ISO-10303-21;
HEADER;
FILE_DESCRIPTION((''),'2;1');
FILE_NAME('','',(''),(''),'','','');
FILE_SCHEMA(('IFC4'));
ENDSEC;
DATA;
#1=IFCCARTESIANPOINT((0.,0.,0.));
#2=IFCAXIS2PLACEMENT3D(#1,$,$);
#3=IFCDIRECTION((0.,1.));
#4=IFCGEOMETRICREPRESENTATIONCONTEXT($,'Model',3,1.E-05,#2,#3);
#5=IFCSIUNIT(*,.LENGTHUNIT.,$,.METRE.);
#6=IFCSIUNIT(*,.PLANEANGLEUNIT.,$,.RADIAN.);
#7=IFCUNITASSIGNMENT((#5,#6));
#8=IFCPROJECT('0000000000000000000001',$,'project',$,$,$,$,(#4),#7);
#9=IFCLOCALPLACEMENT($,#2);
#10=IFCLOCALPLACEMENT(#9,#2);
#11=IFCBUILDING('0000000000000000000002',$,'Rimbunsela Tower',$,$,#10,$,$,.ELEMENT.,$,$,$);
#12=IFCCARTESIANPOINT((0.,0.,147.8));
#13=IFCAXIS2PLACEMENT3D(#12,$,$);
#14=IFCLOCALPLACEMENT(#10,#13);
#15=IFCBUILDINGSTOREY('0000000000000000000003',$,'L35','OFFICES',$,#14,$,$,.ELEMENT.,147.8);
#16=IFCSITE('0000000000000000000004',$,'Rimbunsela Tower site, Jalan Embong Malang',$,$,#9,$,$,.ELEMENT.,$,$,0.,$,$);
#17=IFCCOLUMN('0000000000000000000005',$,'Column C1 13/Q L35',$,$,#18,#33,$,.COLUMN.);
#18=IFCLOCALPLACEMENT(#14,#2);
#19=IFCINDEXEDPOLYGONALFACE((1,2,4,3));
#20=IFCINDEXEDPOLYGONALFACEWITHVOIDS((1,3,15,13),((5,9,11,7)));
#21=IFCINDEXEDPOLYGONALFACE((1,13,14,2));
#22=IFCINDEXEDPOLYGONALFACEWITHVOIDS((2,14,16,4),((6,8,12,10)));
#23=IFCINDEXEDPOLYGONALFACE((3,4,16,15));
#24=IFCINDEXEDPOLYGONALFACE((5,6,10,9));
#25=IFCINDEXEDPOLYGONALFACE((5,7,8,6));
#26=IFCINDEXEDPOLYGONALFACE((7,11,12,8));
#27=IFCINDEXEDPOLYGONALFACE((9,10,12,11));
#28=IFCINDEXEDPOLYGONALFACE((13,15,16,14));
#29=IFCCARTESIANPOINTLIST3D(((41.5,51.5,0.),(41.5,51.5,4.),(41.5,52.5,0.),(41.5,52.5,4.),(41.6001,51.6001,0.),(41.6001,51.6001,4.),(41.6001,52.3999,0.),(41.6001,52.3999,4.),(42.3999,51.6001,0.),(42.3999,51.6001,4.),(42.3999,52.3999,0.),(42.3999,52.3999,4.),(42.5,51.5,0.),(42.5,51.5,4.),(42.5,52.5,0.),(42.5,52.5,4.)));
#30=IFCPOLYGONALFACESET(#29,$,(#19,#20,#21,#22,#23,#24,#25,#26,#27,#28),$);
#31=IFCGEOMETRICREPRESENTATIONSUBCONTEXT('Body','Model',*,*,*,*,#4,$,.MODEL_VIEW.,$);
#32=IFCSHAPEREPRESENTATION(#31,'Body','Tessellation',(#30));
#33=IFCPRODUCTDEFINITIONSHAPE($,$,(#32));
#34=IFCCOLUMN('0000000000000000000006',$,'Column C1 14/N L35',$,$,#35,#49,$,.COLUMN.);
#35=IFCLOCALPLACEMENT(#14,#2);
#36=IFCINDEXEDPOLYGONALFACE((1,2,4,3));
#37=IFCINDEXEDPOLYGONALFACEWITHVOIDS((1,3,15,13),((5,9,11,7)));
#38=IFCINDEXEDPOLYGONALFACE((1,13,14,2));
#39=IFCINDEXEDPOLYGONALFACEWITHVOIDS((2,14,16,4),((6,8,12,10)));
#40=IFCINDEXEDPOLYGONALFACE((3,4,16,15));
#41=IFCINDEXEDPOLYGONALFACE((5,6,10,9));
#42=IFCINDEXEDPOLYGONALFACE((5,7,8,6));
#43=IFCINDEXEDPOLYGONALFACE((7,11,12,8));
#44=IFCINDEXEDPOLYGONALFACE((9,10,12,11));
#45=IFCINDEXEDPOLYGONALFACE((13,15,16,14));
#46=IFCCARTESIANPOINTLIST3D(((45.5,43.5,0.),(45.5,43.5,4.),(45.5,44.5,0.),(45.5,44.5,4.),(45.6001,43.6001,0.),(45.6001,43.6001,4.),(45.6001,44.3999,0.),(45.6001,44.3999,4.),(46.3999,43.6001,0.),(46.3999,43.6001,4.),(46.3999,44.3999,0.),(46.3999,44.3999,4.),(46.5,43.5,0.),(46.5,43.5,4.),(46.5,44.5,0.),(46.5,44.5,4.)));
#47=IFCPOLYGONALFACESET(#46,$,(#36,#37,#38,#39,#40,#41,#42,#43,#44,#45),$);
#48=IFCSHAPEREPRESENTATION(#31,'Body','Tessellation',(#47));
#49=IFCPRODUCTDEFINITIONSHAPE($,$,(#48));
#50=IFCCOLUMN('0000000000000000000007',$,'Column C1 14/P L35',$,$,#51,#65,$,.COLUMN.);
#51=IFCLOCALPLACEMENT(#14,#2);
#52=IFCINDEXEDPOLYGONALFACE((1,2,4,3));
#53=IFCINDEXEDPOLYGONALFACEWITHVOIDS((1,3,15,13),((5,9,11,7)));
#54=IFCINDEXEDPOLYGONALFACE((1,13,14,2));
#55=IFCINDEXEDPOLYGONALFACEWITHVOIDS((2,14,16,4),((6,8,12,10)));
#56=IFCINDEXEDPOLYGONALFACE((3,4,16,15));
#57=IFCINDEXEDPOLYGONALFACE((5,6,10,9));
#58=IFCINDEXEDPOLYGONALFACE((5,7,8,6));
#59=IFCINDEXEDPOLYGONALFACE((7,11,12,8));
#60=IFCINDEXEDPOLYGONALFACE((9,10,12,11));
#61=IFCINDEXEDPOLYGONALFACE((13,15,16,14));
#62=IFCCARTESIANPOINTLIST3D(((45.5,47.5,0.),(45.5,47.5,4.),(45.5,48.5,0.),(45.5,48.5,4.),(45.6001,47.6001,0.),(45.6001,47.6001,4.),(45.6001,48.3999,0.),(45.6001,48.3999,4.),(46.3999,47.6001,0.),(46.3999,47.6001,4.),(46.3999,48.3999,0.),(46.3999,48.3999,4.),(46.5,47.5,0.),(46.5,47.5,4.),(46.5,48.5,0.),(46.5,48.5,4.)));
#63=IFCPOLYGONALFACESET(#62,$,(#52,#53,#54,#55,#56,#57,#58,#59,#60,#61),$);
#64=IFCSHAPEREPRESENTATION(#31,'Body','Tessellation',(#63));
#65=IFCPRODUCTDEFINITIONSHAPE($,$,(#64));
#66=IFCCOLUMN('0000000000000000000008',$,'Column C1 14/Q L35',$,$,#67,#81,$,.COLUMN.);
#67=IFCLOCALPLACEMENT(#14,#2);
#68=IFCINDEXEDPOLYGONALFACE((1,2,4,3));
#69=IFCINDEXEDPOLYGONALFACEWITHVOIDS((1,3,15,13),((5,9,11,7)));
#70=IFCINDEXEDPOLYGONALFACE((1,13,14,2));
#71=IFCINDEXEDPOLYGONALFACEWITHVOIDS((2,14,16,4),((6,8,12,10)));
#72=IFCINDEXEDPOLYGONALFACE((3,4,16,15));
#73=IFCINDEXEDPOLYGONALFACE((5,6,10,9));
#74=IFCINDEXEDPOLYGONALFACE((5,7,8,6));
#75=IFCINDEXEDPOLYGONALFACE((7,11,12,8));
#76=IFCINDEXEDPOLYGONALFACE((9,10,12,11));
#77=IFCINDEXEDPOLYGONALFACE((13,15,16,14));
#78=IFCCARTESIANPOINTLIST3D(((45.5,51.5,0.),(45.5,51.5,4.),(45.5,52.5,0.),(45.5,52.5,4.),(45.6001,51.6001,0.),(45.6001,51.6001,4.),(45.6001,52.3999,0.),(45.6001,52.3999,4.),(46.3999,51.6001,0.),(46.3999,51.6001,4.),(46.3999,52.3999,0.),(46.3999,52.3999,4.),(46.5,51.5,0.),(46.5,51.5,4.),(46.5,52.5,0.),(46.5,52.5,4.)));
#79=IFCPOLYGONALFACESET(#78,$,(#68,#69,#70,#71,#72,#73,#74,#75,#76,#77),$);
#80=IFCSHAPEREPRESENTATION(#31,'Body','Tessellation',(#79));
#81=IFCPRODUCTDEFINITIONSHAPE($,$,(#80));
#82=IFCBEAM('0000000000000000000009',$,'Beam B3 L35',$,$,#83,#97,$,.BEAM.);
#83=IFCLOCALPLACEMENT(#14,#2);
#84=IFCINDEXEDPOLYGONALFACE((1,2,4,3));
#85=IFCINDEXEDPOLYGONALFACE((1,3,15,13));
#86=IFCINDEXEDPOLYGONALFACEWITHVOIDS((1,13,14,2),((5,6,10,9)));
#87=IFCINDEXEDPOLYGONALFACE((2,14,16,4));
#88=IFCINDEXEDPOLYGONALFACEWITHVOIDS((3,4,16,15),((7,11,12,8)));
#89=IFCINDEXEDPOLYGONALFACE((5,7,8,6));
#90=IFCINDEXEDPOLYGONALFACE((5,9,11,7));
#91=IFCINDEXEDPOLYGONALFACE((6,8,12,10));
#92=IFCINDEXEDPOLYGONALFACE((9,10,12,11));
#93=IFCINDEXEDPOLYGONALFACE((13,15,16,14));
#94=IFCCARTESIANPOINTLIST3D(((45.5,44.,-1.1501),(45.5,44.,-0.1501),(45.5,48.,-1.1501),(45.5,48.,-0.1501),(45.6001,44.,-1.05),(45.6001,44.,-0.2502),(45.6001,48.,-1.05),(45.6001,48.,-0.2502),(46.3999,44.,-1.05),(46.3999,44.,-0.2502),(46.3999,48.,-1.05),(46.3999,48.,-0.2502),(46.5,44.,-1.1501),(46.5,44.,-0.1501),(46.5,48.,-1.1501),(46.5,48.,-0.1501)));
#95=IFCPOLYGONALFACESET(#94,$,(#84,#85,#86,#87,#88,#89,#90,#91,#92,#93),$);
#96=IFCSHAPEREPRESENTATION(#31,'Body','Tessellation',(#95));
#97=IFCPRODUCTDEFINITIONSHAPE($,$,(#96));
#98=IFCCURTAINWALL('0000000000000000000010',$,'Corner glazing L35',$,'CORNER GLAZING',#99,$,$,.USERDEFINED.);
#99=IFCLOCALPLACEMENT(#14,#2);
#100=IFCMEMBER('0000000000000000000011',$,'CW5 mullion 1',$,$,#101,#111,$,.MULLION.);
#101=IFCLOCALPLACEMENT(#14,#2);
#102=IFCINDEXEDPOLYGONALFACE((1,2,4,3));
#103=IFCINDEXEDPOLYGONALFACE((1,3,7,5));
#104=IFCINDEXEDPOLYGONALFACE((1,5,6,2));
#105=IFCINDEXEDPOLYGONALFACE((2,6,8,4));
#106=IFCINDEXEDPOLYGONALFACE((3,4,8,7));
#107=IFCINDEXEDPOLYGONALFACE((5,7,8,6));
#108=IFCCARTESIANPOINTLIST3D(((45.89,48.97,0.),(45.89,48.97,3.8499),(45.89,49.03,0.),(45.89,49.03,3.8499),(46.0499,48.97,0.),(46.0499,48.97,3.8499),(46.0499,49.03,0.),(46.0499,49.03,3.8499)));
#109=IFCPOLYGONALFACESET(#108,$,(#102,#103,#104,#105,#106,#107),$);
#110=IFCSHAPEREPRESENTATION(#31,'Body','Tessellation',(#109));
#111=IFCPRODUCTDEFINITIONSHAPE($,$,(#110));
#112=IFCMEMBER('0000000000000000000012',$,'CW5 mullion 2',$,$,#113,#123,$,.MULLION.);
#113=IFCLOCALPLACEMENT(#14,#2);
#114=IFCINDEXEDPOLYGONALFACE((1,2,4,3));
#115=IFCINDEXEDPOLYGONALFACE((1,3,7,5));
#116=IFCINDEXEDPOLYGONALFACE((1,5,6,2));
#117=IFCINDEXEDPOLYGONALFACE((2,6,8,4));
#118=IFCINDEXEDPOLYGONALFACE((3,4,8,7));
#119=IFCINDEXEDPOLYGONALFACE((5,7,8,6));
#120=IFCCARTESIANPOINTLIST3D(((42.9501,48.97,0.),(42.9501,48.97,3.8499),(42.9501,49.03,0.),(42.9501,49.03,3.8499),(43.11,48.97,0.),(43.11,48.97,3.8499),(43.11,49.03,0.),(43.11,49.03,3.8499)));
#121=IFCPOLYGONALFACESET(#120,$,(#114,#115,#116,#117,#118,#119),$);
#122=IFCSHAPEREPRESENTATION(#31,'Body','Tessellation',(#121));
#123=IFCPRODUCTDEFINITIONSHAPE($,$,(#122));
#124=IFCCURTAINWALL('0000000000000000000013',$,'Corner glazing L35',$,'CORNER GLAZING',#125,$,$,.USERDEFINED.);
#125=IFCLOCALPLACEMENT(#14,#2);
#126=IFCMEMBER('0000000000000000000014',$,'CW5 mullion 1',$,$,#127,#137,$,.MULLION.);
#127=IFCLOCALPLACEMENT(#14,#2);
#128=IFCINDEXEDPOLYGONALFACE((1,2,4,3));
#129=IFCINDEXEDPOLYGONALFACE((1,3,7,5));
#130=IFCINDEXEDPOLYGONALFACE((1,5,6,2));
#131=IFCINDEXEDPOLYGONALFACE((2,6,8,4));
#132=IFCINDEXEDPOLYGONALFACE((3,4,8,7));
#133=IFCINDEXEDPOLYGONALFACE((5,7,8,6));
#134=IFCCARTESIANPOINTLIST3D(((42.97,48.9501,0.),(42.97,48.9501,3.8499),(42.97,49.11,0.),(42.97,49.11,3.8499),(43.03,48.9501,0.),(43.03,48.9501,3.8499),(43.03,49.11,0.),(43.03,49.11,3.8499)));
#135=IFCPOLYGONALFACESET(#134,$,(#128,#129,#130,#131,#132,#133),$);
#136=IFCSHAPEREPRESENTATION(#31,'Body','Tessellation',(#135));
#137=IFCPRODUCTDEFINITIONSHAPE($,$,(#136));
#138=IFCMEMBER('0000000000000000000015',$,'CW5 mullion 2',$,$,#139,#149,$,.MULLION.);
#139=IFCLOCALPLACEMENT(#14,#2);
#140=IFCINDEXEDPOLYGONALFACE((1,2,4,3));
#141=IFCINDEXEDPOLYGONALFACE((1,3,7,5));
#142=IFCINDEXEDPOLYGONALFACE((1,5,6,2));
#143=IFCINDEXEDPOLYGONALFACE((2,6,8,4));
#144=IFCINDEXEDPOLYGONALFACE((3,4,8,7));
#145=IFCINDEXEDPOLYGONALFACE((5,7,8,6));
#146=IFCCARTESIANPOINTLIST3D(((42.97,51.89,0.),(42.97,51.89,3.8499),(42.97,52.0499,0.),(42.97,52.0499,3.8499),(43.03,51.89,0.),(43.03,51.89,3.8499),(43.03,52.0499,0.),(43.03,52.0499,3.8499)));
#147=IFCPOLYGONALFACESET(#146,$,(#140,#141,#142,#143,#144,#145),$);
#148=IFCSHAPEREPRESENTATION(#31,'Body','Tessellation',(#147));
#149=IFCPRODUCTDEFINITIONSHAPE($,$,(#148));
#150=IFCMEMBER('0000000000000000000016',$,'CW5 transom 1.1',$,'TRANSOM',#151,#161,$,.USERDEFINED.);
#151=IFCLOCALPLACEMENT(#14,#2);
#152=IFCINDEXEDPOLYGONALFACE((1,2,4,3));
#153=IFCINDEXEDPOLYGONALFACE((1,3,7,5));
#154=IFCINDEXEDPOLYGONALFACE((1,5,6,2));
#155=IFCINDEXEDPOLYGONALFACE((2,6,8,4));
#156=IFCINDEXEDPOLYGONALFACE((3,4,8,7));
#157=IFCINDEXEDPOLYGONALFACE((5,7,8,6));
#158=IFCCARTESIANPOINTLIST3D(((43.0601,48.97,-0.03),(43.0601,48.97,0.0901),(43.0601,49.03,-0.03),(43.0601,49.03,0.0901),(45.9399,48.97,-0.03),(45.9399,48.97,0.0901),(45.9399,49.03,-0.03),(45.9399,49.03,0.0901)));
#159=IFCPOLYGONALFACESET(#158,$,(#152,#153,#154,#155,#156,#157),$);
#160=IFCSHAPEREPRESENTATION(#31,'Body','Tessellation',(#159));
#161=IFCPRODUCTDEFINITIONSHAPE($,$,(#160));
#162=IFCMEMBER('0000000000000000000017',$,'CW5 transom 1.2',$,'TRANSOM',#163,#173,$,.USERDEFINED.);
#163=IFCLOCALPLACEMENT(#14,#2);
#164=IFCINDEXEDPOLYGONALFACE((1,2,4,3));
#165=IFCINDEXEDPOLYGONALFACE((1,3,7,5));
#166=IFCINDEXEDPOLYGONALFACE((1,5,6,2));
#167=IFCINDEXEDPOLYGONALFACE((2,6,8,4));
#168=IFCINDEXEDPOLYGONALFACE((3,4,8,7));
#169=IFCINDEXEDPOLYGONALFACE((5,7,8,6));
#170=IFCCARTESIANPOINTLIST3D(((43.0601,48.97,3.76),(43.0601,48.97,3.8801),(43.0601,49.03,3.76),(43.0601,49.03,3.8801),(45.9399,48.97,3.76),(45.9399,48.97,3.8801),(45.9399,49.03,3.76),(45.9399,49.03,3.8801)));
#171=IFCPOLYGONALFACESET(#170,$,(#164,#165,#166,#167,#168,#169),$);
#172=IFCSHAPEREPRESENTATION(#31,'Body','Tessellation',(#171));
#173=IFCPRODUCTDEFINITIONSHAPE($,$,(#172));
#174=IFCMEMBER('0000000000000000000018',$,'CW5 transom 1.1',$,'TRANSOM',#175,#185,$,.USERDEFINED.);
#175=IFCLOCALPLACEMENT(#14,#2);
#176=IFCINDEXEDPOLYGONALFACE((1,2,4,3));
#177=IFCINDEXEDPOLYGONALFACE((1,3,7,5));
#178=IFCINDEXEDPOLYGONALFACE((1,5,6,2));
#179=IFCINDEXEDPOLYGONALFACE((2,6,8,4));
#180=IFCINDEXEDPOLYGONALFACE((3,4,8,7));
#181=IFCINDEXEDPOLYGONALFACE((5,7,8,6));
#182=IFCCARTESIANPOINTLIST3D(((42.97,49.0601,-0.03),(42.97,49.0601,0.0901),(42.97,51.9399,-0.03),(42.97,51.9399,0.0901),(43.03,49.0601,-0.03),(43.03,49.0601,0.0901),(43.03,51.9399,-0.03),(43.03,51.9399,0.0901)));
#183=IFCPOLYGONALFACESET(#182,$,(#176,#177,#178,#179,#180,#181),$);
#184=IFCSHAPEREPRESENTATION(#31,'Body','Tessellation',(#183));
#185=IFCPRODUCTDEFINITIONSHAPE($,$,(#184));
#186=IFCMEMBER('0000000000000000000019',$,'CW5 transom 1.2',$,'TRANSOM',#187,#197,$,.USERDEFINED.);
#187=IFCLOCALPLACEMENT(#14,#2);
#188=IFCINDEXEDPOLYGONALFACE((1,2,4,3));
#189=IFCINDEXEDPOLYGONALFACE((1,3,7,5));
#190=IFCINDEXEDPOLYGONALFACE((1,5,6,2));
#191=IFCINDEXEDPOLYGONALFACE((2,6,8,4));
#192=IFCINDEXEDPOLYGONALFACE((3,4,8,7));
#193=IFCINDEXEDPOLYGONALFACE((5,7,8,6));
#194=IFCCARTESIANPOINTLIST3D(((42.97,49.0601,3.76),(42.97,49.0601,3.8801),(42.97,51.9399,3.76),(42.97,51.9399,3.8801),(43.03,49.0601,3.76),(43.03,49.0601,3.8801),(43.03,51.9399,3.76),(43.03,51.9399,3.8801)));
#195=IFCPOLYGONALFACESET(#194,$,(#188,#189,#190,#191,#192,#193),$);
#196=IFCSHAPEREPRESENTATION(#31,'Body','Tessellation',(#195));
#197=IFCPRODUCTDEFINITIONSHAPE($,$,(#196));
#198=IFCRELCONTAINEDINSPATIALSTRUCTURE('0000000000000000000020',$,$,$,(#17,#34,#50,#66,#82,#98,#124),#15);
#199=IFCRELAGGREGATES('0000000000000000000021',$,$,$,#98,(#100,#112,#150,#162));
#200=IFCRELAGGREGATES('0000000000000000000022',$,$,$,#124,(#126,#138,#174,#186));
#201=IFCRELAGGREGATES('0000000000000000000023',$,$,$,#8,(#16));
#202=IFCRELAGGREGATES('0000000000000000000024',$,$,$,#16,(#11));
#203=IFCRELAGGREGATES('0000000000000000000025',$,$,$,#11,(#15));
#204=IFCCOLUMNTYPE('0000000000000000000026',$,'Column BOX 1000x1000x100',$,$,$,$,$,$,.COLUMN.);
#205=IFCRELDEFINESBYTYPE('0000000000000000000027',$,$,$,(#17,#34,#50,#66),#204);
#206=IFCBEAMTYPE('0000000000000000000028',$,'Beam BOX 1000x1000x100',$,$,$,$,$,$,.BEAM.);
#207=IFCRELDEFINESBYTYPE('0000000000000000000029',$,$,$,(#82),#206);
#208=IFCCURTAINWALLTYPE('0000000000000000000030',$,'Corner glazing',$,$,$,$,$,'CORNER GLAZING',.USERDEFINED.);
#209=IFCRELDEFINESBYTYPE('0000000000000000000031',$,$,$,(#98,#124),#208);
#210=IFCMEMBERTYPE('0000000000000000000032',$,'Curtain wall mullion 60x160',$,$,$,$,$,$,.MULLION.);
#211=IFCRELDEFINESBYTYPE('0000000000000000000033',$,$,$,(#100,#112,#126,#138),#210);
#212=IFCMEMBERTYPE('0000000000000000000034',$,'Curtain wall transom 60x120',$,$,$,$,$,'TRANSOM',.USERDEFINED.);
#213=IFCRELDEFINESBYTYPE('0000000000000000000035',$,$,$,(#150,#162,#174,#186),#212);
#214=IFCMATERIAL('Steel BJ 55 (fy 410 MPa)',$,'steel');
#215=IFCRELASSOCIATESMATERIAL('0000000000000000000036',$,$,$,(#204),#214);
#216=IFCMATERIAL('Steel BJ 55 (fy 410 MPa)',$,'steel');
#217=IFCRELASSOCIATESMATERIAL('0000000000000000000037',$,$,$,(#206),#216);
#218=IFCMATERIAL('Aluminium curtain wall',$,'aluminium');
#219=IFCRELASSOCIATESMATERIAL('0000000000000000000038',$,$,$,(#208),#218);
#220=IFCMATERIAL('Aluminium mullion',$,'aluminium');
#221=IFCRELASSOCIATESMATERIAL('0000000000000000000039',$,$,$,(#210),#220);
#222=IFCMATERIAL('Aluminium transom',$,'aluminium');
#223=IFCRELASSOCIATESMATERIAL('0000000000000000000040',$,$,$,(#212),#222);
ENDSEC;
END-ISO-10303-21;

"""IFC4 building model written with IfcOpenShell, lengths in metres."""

from ifc_helpers import new_model, si_unit, direction, frame, origin, origin_2d, place, context, subcontext, project, spatial, rectangle, hollow_rectangle, extrude, material, material_profile, profile_set, type_object, element, aggregate, save


model = new_model("IFC4")

# Units and contexts
model_context = context("Model", 3, precision=1e-05, world=origin(), true_north=direction((0.0, 1.0)))
body_context = subcontext(model_context, "Body", "Model", "MODEL_VIEW")
ifc_project = project(units=[si_unit("LENGTHUNIT", "METRE"), si_unit("PLANEANGLEUNIT", "RADIAN")], contexts=[model_context])

# Site, building, storey
site_placement = place(None, origin())
site = spatial("IfcSite", under=ifc_project, at=site_placement, Name="Rimbunsela Tower site, Jalan Embong Malang", CompositionType="ELEMENT", RefElevation=0.0)
building_placement = place(site_placement, origin())
building = spatial("IfcBuilding", under=site, at=building_placement, Name="Rimbunsela Tower", CompositionType="ELEMENT")
storey_placement = place(building_placement, frame((0.0, 0.0, 147.8)))
storey = spatial("IfcBuildingStorey", under=building, at=storey_placement, Name="L35", Description="OFFICES", CompositionType="ELEMENT", Elevation=147.8)

# Columns
ifc_material_1 = material(Name="Steel BJ 55 (fy 410 MPa)", Category="steel")
ifc_material_profile_1 = material_profile(ifc_material_1, hollow_rectangle(XDim=1.0, YDim=1.0, WallThickness=0.1001, at=origin_2d()), Name="BOX 1000x1000x100")
ifc_profile_set_1 = profile_set([ifc_material_profile_1], Name="Steel BJ 55 (fy 410 MPa)")
column_type = type_object("IfcColumnType", Name="Column BOX 1000x1000x100", PredefinedType="COLUMN", material=ifc_profile_set_1)
for number, where, z_axis, x_axis, name in (
    (1, (42.0, 52.0, 0.0), (0.0, 0.0, 1.0), (1.0, 0.0, 0.0), "Column C1 13/Q L35"),
    (2, (46.0, 44.0, 0.0), (0.0, 0.0, 1.0), (1.0, 0.0, 0.0), "Column C1 14/N L35"),
    (3, (46.0, 48.0, 0.0), (0.0, 0.0, 1.0), (1.0, 0.0, 0.0), "Column C1 14/P L35"),
    (4, (46.0, 52.0, 0.0), (0.0, 0.0, 1.0), (1.0, 0.0, 0.0), "Column C1 14/Q L35"),
):
    element("IfcColumn", number, at=place(storey_placement, frame(where, z_axis=z_axis, x_axis=x_axis)), inside=storey, type_object=column_type, Name=name, PredefinedType="COLUMN", context=body_context, shape_type="SweptSolid", body=[
        extrude(hollow_rectangle(XDim=1.0, YDim=1.0, WallThickness=0.1001, at=origin_2d()), origin(), (0.0, 0.0, 1.0), 4.0),
    ])

# Beam
ifc_material_2 = material(Name="Steel BJ 55 (fy 410 MPa)", Category="steel")
ifc_material_profile_2 = material_profile(ifc_material_2, hollow_rectangle(XDim=1.0, YDim=1.0, WallThickness=0.1001, at=origin_2d()), Name="BOX 1000x1000x100")
ifc_profile_set_2 = profile_set([ifc_material_profile_2], Name="Steel BJ 55 (fy 410 MPa)")
beam_type = type_object("IfcBeamType", Name="Beam BOX 1000x1000x100", PredefinedType="BEAM", material=ifc_profile_set_2)
beam_placement = place(storey_placement, frame((46.0, 44.0, -0.6501), z_axis=(0.0, 1.0, 0.0), x_axis=(-1.0, 0.0, 0.0)))
element("IfcBeam", 5, at=beam_placement, inside=storey, type_object=beam_type, Name="Beam B3 L35", PredefinedType="BEAM", context=body_context, shape_type="SweptSolid", body=[
    extrude(hollow_rectangle(XDim=1.0, YDim=1.0, WallThickness=0.1001, at=origin_2d()), origin(), (0.0, 0.0, 1.0), 4.0),
])

# Curtain walls, members
ifc_material_3 = material(Name="Aluminium curtain wall", Category="aluminium")
curtain_wall_type = type_object("IfcCurtainWallType", Name="Corner glazing", ElementType="CORNER GLAZING", PredefinedType="USERDEFINED", material=ifc_material_3)
curtain_wall_1_placement = place(storey_placement, origin())
curtain_wall_1 = element("IfcCurtainWall", 6, at=curtain_wall_1_placement, inside=storey, type_object=curtain_wall_type, Name="Corner glazing L35", ObjectType="CORNER GLAZING", PredefinedType="USERDEFINED")
ifc_material_4 = material(Name="Aluminium mullion", Category="aluminium")
ifc_material_profile_3 = material_profile(ifc_material_4, rectangle(XDim=0.0601, YDim=0.1599, at=origin_2d()), Name="Mullion 60x160")
ifc_profile_set_3 = profile_set([ifc_material_profile_3], Name="Aluminium mullion")
member_type_1 = type_object("IfcMemberType", Name="Curtain wall mullion 60x160", PredefinedType="MULLION", material=ifc_profile_set_3)
member_1_placement = place(storey_placement, frame((45.97, 49.0, 0.0), z_axis=(0.0, 0.0, 1.0), x_axis=(0.0, -1.0, 0.0)))
member_1 = element("IfcMember", 7, at=member_1_placement, type_object=member_type_1, Name="CW5 mullion 1", PredefinedType="MULLION", context=body_context, shape_type="SweptSolid", body=[
    extrude(rectangle(XDim=0.0601, YDim=0.1599, at=origin_2d()), origin(), (0.0, 0.0, 1.0), 3.8499),
])
member_2_placement = place(storey_placement, frame((43.03, 49.0, 0.0), z_axis=(0.0, 0.0, 1.0), x_axis=(0.0, -1.0, 0.0)))
member_2 = element("IfcMember", 8, at=member_2_placement, type_object=member_type_1, Name="CW5 mullion 2", PredefinedType="MULLION", context=body_context, shape_type="SweptSolid", body=[
    extrude(rectangle(XDim=0.0601, YDim=0.1599, at=origin_2d()), origin(), (0.0, 0.0, 1.0), 3.8499),
])
curtain_wall_2_placement = place(storey_placement, origin())
curtain_wall_2 = element("IfcCurtainWall", 9, at=curtain_wall_2_placement, inside=storey, type_object=curtain_wall_type, Name="Corner glazing L35", ObjectType="CORNER GLAZING", PredefinedType="USERDEFINED")
member_3_placement = place(storey_placement, frame((43.0, 49.03, 0.0), z_axis=(0.0, 0.0, 1.0), x_axis=(-1.0, 0.0, 0.0)))
member_3 = element("IfcMember", 10, at=member_3_placement, type_object=member_type_1, Name="CW5 mullion 1", PredefinedType="MULLION", context=body_context, shape_type="SweptSolid", body=[
    extrude(rectangle(XDim=0.0601, YDim=0.1599, at=origin_2d()), origin(), (0.0, 0.0, 1.0), 3.8499),
])
member_4_placement = place(storey_placement, frame((43.0, 51.97, 0.0), z_axis=(0.0, 0.0, 1.0), x_axis=(-1.0, 0.0, 0.0)))
member_4 = element("IfcMember", 11, at=member_4_placement, type_object=member_type_1, Name="CW5 mullion 2", PredefinedType="MULLION", context=body_context, shape_type="SweptSolid", body=[
    extrude(rectangle(XDim=0.0601, YDim=0.1599, at=origin_2d()), origin(), (0.0, 0.0, 1.0), 3.8499),
])

# Members
ifc_material_5 = material(Name="Aluminium transom", Category="aluminium")
ifc_material_profile_4 = material_profile(ifc_material_5, rectangle(XDim=0.0601, YDim=0.1201, at=origin_2d()), Name="Transom 60x120")
ifc_profile_set_4 = profile_set([ifc_material_profile_4], Name="Aluminium transom")
member_type_2 = type_object("IfcMemberType", Name="Curtain wall transom 60x120", ElementType="TRANSOM", PredefinedType="USERDEFINED", material=ifc_profile_set_4)
member_5_placement = place(storey_placement, frame((45.9399, 49.0, 0.03), z_axis=(-1.0, 0.0, 0.0), x_axis=(0.0, -1.0, 0.0)))
member_5 = element("IfcMember", 12, at=member_5_placement, type_object=member_type_2, Name="CW5 transom 1.1", ObjectType="TRANSOM", PredefinedType="USERDEFINED", context=body_context, shape_type="SweptSolid", body=[
    extrude(rectangle(XDim=0.0601, YDim=0.1201, at=origin_2d()), origin(), (0.0, 0.0, 1.0), 2.8799),
])
member_6_placement = place(storey_placement, frame((45.9399, 49.0, 3.8201), z_axis=(-1.0, 0.0, 0.0), x_axis=(0.0, -1.0, 0.0)))
member_6 = element("IfcMember", 13, at=member_6_placement, type_object=member_type_2, Name="CW5 transom 1.2", ObjectType="TRANSOM", PredefinedType="USERDEFINED", context=body_context, shape_type="SweptSolid", body=[
    extrude(rectangle(XDim=0.0601, YDim=0.1201, at=origin_2d()), origin(), (0.0, 0.0, 1.0), 2.8799),
])
member_7_placement = place(storey_placement, frame((43.0, 49.0601, 0.03), z_axis=(0.0, 1.0, 0.0), x_axis=(-1.0, 0.0, 0.0)))
member_7 = element("IfcMember", 14, at=member_7_placement, type_object=member_type_2, Name="CW5 transom 1.1", ObjectType="TRANSOM", PredefinedType="USERDEFINED", context=body_context, shape_type="SweptSolid", body=[
    extrude(rectangle(XDim=0.0601, YDim=0.1201, at=origin_2d()), origin(), (0.0, 0.0, 1.0), 2.8799),
])
member_8_placement = place(storey_placement, frame((43.0, 49.0601, 3.8201), z_axis=(0.0, 1.0, 0.0), x_axis=(-1.0, 0.0, 0.0)))
member_8 = element("IfcMember", 15, at=member_8_placement, type_object=member_type_2, Name="CW5 transom 1.2", ObjectType="TRANSOM", PredefinedType="USERDEFINED", context=body_context, shape_type="SweptSolid", body=[
    extrude(rectangle(XDim=0.0601, YDim=0.1201, at=origin_2d()), origin(), (0.0, 0.0, 1.0), 2.8799),
])

aggregate(curtain_wall_1, [member_1, member_2, member_5, member_6])
aggregate(curtain_wall_2, [member_3, member_4, member_7, member_8])

save(model, "model.ifc")
